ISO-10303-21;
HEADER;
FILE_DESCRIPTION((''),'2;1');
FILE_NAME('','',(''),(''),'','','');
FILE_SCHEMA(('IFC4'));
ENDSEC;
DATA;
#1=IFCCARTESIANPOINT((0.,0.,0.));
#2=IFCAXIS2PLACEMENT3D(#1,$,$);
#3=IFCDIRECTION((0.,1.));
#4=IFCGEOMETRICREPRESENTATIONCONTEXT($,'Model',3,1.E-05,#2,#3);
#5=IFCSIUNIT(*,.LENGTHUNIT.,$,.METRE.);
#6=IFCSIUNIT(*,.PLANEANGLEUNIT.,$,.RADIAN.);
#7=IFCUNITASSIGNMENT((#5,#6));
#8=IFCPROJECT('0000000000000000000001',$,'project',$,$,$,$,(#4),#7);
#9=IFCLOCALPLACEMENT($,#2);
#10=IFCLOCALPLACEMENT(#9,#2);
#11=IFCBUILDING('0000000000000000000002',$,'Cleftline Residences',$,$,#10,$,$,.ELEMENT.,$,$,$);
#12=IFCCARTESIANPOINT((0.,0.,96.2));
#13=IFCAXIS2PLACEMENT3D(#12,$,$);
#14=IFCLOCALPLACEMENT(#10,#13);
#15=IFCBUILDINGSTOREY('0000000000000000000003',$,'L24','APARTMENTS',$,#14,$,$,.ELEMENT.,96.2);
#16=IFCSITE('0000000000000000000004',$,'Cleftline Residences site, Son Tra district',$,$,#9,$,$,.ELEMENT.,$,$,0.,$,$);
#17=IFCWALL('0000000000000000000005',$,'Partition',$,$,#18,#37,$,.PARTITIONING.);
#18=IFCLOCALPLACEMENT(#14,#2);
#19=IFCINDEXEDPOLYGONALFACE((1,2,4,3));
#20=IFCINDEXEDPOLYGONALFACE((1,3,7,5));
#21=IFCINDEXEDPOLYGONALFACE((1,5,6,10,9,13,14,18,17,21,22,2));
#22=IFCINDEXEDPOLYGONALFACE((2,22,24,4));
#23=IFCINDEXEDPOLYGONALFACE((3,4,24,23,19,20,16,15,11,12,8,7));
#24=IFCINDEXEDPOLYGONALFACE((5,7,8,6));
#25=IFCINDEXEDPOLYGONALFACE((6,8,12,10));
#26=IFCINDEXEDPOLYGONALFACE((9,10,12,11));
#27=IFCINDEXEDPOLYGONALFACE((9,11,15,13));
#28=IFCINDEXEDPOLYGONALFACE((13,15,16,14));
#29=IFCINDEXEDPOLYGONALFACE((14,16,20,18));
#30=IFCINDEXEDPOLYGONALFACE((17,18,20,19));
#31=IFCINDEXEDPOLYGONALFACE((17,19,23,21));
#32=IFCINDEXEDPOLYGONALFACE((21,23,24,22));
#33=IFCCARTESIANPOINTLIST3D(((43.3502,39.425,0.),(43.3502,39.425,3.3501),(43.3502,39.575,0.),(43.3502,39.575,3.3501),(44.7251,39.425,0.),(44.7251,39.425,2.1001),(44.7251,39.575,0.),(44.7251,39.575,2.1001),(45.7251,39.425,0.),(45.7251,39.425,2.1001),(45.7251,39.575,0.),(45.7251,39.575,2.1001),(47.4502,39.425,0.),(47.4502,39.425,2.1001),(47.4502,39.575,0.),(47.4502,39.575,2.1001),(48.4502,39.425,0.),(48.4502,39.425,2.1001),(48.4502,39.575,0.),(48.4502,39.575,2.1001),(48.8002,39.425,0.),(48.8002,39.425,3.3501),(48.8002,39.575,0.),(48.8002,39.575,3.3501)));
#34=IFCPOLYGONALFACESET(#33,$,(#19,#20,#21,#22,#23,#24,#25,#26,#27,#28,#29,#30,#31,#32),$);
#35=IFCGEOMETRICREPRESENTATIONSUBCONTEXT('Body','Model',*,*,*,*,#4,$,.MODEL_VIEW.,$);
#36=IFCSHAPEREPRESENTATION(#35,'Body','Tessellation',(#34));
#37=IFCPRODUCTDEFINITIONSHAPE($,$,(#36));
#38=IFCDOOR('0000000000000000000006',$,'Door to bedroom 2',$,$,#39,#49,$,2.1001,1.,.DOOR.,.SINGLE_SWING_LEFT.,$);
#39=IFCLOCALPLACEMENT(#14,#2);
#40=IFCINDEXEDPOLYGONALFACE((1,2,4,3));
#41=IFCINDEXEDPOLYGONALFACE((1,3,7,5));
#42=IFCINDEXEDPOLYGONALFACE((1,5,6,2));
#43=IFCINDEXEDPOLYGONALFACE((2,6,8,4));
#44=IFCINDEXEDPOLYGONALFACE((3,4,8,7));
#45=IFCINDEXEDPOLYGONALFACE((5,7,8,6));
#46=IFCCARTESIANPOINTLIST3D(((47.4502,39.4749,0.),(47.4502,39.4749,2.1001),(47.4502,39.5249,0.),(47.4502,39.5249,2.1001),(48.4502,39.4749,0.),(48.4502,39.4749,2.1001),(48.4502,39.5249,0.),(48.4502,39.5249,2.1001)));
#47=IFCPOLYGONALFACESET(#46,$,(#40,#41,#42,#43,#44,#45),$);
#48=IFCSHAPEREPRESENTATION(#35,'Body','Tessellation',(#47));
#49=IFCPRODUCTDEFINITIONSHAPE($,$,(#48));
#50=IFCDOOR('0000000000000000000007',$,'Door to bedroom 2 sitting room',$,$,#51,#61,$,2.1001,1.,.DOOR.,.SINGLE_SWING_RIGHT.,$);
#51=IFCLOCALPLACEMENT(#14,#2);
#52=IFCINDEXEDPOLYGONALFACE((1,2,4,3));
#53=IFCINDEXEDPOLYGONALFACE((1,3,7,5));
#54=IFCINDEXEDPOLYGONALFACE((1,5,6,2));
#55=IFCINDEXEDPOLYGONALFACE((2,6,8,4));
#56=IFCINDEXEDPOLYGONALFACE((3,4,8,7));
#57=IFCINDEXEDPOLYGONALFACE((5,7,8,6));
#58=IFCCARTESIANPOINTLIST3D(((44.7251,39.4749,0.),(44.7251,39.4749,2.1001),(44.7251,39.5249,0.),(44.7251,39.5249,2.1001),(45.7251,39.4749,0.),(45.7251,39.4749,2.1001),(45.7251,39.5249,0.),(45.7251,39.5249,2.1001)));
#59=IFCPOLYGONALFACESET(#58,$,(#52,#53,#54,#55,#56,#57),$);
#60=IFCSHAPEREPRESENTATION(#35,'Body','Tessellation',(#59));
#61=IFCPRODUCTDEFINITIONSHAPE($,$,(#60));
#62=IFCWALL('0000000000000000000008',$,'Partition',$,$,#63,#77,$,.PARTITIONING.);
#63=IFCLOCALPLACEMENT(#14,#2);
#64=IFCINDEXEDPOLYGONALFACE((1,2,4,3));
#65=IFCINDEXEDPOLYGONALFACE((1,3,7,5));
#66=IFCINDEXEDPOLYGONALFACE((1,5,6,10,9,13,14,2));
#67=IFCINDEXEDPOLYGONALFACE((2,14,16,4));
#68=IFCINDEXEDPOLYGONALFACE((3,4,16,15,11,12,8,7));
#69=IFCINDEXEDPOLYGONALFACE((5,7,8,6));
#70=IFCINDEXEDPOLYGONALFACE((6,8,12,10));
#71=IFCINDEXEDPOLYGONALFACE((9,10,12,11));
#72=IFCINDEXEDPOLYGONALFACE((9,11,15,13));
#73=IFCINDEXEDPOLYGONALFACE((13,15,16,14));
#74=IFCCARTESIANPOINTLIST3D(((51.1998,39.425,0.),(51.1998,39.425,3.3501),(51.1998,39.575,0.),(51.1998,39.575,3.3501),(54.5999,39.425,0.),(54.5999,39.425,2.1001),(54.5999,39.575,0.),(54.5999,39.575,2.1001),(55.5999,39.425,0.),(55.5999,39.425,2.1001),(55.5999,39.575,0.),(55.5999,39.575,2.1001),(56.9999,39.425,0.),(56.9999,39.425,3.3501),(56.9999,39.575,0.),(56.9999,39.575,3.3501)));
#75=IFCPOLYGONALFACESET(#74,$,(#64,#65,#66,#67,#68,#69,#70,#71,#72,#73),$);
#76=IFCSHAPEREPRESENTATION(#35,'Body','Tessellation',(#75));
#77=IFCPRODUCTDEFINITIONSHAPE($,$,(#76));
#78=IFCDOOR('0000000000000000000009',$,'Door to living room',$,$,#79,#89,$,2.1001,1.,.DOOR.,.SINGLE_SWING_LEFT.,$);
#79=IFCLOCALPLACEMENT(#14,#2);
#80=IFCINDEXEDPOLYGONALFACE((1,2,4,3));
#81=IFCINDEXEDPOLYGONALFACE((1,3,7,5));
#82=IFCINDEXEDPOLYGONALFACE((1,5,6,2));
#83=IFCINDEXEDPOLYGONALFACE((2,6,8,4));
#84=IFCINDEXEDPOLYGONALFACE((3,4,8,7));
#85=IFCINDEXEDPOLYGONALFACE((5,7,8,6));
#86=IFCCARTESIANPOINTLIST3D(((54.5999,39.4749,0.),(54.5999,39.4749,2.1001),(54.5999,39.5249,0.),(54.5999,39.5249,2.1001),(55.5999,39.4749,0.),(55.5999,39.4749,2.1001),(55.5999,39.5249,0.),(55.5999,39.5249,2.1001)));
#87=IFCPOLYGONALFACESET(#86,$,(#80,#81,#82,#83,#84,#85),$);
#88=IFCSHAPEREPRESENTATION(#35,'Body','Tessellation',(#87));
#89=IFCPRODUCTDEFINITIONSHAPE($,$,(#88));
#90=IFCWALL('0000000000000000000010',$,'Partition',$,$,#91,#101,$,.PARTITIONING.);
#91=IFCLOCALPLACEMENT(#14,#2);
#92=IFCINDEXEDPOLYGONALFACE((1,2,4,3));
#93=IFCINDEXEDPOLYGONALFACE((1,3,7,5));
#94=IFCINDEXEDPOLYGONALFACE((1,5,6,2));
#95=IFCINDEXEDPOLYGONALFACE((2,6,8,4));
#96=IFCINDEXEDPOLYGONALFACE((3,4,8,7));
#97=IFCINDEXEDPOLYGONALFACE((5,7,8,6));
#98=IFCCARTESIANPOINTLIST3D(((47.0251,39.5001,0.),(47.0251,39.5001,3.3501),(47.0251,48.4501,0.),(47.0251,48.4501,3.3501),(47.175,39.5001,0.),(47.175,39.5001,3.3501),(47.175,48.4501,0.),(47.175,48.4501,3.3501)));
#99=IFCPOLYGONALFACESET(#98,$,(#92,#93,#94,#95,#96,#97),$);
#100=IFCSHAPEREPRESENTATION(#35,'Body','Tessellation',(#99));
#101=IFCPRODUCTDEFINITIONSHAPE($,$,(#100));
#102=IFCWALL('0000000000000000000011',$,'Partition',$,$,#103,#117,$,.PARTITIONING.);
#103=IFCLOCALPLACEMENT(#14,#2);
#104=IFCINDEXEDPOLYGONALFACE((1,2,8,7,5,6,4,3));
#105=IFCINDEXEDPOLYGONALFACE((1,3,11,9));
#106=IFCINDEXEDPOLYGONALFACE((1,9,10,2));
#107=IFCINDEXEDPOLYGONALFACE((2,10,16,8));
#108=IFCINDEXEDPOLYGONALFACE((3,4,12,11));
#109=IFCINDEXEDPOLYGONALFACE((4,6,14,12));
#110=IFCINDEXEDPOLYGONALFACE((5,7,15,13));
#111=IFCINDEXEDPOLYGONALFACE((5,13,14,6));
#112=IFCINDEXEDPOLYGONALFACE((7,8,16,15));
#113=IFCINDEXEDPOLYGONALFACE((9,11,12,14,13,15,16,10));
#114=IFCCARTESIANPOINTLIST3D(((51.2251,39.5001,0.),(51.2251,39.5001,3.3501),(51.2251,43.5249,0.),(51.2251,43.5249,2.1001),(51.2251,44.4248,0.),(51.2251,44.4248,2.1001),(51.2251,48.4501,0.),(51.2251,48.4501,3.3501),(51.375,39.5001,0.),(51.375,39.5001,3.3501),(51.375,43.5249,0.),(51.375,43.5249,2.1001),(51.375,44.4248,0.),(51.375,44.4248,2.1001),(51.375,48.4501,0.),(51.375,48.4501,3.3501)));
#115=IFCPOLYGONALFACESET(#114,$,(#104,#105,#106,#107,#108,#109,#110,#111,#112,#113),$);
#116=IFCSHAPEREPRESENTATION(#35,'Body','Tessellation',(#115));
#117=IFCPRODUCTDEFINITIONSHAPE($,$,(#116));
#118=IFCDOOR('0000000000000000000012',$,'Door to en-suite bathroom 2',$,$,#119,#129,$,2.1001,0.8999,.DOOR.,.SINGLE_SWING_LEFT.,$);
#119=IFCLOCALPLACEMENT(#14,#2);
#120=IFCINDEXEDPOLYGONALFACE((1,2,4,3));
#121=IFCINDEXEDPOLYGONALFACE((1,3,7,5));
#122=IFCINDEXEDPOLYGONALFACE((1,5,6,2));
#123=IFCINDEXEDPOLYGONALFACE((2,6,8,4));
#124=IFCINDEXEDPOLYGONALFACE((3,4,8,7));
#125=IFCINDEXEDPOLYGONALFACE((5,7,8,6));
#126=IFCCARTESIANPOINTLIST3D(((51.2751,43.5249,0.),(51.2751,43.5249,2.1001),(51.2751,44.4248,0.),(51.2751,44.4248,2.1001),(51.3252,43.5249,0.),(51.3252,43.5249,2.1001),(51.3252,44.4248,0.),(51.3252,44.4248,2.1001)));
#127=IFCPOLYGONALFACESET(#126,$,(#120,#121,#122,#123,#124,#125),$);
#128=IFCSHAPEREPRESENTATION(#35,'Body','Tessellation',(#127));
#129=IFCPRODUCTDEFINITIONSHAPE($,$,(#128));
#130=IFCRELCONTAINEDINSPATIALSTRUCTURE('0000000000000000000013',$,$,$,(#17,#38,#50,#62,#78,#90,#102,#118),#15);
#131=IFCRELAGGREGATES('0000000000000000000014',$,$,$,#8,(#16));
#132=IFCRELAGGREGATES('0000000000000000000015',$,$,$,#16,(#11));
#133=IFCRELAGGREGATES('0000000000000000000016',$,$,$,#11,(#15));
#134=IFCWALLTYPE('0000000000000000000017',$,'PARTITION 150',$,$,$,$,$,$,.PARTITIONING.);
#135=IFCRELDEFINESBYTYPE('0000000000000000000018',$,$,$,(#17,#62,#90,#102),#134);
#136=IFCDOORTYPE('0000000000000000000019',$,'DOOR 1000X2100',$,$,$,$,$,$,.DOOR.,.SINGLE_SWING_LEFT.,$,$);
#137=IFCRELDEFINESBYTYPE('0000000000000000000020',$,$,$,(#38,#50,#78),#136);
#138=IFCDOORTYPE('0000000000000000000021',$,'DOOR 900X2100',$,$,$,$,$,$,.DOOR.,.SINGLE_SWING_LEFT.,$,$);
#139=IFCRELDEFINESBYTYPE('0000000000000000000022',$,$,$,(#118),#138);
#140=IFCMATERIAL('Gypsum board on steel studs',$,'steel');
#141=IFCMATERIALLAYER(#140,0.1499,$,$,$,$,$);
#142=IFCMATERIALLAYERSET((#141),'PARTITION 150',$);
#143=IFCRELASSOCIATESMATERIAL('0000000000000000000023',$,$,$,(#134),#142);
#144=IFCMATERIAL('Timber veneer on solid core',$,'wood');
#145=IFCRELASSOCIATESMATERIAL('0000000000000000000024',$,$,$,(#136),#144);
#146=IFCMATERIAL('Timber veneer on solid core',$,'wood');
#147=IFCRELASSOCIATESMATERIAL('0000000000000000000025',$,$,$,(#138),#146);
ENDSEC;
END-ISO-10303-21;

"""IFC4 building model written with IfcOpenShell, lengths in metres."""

from ifc_helpers import new_model, si_unit, direction, frame, frame_2d, origin, place, context, subcontext, project, spatial, rectangle, extrude, material, layer, layer_set, type_object, element, fill, save


model = new_model("IFC4")

# Units and contexts
model_context = context("Model", 3, precision=1e-05, world=origin(), true_north=direction((0.0, 1.0)))
body_context = subcontext(model_context, "Body", "Model", "MODEL_VIEW")
ifc_project = project(units=[si_unit("LENGTHUNIT", "METRE"), si_unit("PLANEANGLEUNIT", "RADIAN")], contexts=[model_context])

# Site, building, storey
site_placement = place(None, origin())
site = spatial("IfcSite", under=ifc_project, at=site_placement, Name="Cleftline Residences site, Son Tra district", CompositionType="ELEMENT", RefElevation=0.0)
building_placement = place(site_placement, origin())
building = spatial("IfcBuilding", under=site, at=building_placement, Name="Cleftline Residences", CompositionType="ELEMENT")
storey_placement = place(building_placement, frame((0.0, 0.0, 96.2)))
storey = spatial("IfcBuildingStorey", under=building, at=storey_placement, Name="L24", Description="APARTMENTS", CompositionType="ELEMENT", Elevation=96.2)

# Wall, openings, doors
ifc_material_1 = material(Name="Gypsum board on steel studs", Category="steel")
ifc_layer_1 = layer(ifc_material_1, 0.1499)
ifc_layer_set_1 = layer_set([ifc_layer_1], Name="PARTITION 150")
wall_type = type_object("IfcWallType", Name="PARTITION 150", PredefinedType="PARTITIONING", material=ifc_layer_set_1)
wall_1_placement = place(storey_placement, frame((43.3501, 39.5, 0.0), z_axis=(0.0, 0.0, 1.0), x_axis=(1.0, 0.0, 0.0)))
wall_1 = element("IfcWall", 1, at=wall_1_placement, inside=storey, type_object=wall_type, Name="Partition", PredefinedType="PARTITIONING", context=body_context, shape_type="SweptSolid", body=[
    extrude(rectangle(XDim=5.45, YDim=0.1499, at=frame_2d((2.7251, 0.0))), origin(), (0.0, 0.0, 1.0), 3.3501),
])
opening_1_placement = place(wall_1_placement, frame((4.1001, 0.0, 0.0)))
opening_1 = element("IfcOpeningElement", 2, at=opening_1_placement, cuts=wall_1, PredefinedType="OPENING", context=body_context, shape_type="SweptSolid", body=[
    extrude(rectangle(XDim=1.0, YDim=2.1001, at=frame_2d((0.5, 1.05))), frame((0.0, 0.085, 0.0), z_axis=(0.0, -1.0, 0.0), x_axis=(1.0, 0.0, 0.0)), (0.0, 0.0, 1.0), 0.1699),
])
opening_2_placement = place(wall_1_placement, frame((1.375, 0.0, 0.0)))
opening_2 = element("IfcOpeningElement", 3, at=opening_2_placement, cuts=wall_1, PredefinedType="OPENING", context=body_context, shape_type="SweptSolid", body=[
    extrude(rectangle(XDim=1.0, YDim=2.1001, at=frame_2d((0.5, 1.05))), frame((0.0, 0.085, 0.0), z_axis=(0.0, -1.0, 0.0), x_axis=(1.0, 0.0, 0.0)), (0.0, 0.0, 1.0), 0.1699),
])
ifc_material_2 = material(Name="Timber veneer on solid core", Category="wood")
door_type_1 = type_object("IfcDoorType", Name="DOOR 1000X2100", OperationType="SINGLE_SWING_LEFT", PredefinedType="DOOR", material=ifc_material_2)
door_1_placement = place(opening_1_placement, origin())
door_1 = element("IfcDoor", 4, at=door_1_placement, inside=storey, type_object=door_type_1, Name="Door to bedroom 2", OperationType="SINGLE_SWING_LEFT", OverallHeight=2.1001, OverallWidth=1.0, PredefinedType="DOOR", context=body_context, shape_type="SweptSolid", body=[
    extrude(rectangle(XDim=1.0, YDim=2.1001, at=frame_2d((0.5, 1.05))), frame((0.0, 0.0249, 0.0), z_axis=(0.0, -1.0, 0.0), x_axis=(1.0, 0.0, 0.0)), (0.0, 0.0, 1.0), 0.05),
])
fill(opening_1, door_1)
door_2_placement = place(opening_2_placement, origin())
door_2 = element("IfcDoor", 5, at=door_2_placement, inside=storey, type_object=door_type_1, Name="Door to bedroom 2 sitting room", OperationType="SINGLE_SWING_RIGHT", OverallHeight=2.1001, OverallWidth=1.0, PredefinedType="DOOR", context=body_context, shape_type="SweptSolid", body=[
    extrude(rectangle(XDim=1.0, YDim=2.1001, at=frame_2d((0.5, 1.05))), frame((0.0, 0.0249, 0.0), z_axis=(0.0, -1.0, 0.0), x_axis=(1.0, 0.0, 0.0)), (0.0, 0.0, 1.0), 0.05),
])
fill(opening_2, door_2)

# Wall, opening, door
wall_2_placement = place(storey_placement, frame((51.2, 39.5, 0.0), z_axis=(0.0, 0.0, 1.0), x_axis=(1.0, 0.0, 0.0)))
wall_2 = element("IfcWall", 6, at=wall_2_placement, inside=storey, type_object=wall_type, Name="Partition", PredefinedType="PARTITIONING", context=body_context, shape_type="SweptSolid", body=[
    extrude(rectangle(XDim=5.8, YDim=0.1499, at=frame_2d((2.8999, 0.0))), origin(), (0.0, 0.0, 1.0), 3.3501),
])
opening_3_placement = place(wall_2_placement, frame((3.3999, 0.0, 0.0)))
opening_3 = element("IfcOpeningElement", 7, at=opening_3_placement, cuts=wall_2, PredefinedType="OPENING", context=body_context, shape_type="SweptSolid", body=[
    extrude(rectangle(XDim=1.0, YDim=2.1001, at=frame_2d((0.5, 1.05))), frame((0.0, 0.085, 0.0), z_axis=(0.0, -1.0, 0.0), x_axis=(1.0, 0.0, 0.0)), (0.0, 0.0, 1.0), 0.1699),
])
door_3_placement = place(opening_3_placement, origin())
door_3 = element("IfcDoor", 8, at=door_3_placement, inside=storey, type_object=door_type_1, Name="Door to living room", OperationType="SINGLE_SWING_LEFT", OverallHeight=2.1001, OverallWidth=1.0, PredefinedType="DOOR", context=body_context, shape_type="SweptSolid", body=[
    extrude(rectangle(XDim=1.0, YDim=2.1001, at=frame_2d((0.5, 1.05))), frame((0.0, 0.0249, 0.0), z_axis=(0.0, -1.0, 0.0), x_axis=(1.0, 0.0, 0.0)), (0.0, 0.0, 1.0), 0.05),
])
fill(opening_3, door_3)

# Wall
wall_3_placement = place(storey_placement, frame((47.1001, 39.5, 0.0), z_axis=(0.0, 0.0, 1.0), x_axis=(0.0, 1.0, 0.0)))
element("IfcWall", 9, at=wall_3_placement, inside=storey, type_object=wall_type, Name="Partition", PredefinedType="PARTITIONING", context=body_context, shape_type="SweptSolid", body=[
    extrude(rectangle(XDim=8.95, YDim=0.1499, at=frame_2d((4.4751, 0.0))), origin(), (0.0, 0.0, 1.0), 3.3501),
])

# Wall, opening, door
wall_4_placement = place(storey_placement, frame((51.3, 39.5, 0.0), z_axis=(0.0, 0.0, 1.0), x_axis=(0.0, 1.0, 0.0)))
wall_4 = element("IfcWall", 10, at=wall_4_placement, inside=storey, type_object=wall_type, Name="Partition", PredefinedType="PARTITIONING", context=body_context, shape_type="SweptSolid", body=[
    extrude(rectangle(XDim=8.95, YDim=0.1499, at=frame_2d((4.4751, 0.0))), origin(), (0.0, 0.0, 1.0), 3.3501),
])
opening_4_placement = place(wall_4_placement, frame((4.0249, 0.0, 0.0)))
opening_4 = element("IfcOpeningElement", 11, at=opening_4_placement, cuts=wall_4, PredefinedType="OPENING", context=body_context, shape_type="SweptSolid", body=[
    extrude(rectangle(XDim=0.8999, YDim=2.1001, at=frame_2d((0.45, 1.05))), frame((0.0, 0.085, 0.0), z_axis=(0.0, -1.0, 0.0), x_axis=(1.0, 0.0, 0.0)), (0.0, 0.0, 1.0), 0.1699),
])
ifc_material_3 = material(Name="Timber veneer on solid core", Category="wood")
door_type_2 = type_object("IfcDoorType", Name="DOOR 900X2100", OperationType="SINGLE_SWING_LEFT", PredefinedType="DOOR", material=ifc_material_3)
door_4_placement = place(opening_4_placement, origin())
door_4 = element("IfcDoor", 12, at=door_4_placement, inside=storey, type_object=door_type_2, Name="Door to en-suite bathroom 2", OperationType="SINGLE_SWING_LEFT", OverallHeight=2.1001, OverallWidth=0.8999, PredefinedType="DOOR", context=body_context, shape_type="SweptSolid", body=[
    extrude(rectangle(XDim=0.8999, YDim=2.1001, at=frame_2d((0.45, 1.05))), frame((0.0, 0.0249, 0.0), z_axis=(0.0, -1.0, 0.0), x_axis=(1.0, 0.0, 0.0)), (0.0, 0.0, 1.0), 0.05),
])
fill(opening_4, door_4)

save(model, "model.ifc")
